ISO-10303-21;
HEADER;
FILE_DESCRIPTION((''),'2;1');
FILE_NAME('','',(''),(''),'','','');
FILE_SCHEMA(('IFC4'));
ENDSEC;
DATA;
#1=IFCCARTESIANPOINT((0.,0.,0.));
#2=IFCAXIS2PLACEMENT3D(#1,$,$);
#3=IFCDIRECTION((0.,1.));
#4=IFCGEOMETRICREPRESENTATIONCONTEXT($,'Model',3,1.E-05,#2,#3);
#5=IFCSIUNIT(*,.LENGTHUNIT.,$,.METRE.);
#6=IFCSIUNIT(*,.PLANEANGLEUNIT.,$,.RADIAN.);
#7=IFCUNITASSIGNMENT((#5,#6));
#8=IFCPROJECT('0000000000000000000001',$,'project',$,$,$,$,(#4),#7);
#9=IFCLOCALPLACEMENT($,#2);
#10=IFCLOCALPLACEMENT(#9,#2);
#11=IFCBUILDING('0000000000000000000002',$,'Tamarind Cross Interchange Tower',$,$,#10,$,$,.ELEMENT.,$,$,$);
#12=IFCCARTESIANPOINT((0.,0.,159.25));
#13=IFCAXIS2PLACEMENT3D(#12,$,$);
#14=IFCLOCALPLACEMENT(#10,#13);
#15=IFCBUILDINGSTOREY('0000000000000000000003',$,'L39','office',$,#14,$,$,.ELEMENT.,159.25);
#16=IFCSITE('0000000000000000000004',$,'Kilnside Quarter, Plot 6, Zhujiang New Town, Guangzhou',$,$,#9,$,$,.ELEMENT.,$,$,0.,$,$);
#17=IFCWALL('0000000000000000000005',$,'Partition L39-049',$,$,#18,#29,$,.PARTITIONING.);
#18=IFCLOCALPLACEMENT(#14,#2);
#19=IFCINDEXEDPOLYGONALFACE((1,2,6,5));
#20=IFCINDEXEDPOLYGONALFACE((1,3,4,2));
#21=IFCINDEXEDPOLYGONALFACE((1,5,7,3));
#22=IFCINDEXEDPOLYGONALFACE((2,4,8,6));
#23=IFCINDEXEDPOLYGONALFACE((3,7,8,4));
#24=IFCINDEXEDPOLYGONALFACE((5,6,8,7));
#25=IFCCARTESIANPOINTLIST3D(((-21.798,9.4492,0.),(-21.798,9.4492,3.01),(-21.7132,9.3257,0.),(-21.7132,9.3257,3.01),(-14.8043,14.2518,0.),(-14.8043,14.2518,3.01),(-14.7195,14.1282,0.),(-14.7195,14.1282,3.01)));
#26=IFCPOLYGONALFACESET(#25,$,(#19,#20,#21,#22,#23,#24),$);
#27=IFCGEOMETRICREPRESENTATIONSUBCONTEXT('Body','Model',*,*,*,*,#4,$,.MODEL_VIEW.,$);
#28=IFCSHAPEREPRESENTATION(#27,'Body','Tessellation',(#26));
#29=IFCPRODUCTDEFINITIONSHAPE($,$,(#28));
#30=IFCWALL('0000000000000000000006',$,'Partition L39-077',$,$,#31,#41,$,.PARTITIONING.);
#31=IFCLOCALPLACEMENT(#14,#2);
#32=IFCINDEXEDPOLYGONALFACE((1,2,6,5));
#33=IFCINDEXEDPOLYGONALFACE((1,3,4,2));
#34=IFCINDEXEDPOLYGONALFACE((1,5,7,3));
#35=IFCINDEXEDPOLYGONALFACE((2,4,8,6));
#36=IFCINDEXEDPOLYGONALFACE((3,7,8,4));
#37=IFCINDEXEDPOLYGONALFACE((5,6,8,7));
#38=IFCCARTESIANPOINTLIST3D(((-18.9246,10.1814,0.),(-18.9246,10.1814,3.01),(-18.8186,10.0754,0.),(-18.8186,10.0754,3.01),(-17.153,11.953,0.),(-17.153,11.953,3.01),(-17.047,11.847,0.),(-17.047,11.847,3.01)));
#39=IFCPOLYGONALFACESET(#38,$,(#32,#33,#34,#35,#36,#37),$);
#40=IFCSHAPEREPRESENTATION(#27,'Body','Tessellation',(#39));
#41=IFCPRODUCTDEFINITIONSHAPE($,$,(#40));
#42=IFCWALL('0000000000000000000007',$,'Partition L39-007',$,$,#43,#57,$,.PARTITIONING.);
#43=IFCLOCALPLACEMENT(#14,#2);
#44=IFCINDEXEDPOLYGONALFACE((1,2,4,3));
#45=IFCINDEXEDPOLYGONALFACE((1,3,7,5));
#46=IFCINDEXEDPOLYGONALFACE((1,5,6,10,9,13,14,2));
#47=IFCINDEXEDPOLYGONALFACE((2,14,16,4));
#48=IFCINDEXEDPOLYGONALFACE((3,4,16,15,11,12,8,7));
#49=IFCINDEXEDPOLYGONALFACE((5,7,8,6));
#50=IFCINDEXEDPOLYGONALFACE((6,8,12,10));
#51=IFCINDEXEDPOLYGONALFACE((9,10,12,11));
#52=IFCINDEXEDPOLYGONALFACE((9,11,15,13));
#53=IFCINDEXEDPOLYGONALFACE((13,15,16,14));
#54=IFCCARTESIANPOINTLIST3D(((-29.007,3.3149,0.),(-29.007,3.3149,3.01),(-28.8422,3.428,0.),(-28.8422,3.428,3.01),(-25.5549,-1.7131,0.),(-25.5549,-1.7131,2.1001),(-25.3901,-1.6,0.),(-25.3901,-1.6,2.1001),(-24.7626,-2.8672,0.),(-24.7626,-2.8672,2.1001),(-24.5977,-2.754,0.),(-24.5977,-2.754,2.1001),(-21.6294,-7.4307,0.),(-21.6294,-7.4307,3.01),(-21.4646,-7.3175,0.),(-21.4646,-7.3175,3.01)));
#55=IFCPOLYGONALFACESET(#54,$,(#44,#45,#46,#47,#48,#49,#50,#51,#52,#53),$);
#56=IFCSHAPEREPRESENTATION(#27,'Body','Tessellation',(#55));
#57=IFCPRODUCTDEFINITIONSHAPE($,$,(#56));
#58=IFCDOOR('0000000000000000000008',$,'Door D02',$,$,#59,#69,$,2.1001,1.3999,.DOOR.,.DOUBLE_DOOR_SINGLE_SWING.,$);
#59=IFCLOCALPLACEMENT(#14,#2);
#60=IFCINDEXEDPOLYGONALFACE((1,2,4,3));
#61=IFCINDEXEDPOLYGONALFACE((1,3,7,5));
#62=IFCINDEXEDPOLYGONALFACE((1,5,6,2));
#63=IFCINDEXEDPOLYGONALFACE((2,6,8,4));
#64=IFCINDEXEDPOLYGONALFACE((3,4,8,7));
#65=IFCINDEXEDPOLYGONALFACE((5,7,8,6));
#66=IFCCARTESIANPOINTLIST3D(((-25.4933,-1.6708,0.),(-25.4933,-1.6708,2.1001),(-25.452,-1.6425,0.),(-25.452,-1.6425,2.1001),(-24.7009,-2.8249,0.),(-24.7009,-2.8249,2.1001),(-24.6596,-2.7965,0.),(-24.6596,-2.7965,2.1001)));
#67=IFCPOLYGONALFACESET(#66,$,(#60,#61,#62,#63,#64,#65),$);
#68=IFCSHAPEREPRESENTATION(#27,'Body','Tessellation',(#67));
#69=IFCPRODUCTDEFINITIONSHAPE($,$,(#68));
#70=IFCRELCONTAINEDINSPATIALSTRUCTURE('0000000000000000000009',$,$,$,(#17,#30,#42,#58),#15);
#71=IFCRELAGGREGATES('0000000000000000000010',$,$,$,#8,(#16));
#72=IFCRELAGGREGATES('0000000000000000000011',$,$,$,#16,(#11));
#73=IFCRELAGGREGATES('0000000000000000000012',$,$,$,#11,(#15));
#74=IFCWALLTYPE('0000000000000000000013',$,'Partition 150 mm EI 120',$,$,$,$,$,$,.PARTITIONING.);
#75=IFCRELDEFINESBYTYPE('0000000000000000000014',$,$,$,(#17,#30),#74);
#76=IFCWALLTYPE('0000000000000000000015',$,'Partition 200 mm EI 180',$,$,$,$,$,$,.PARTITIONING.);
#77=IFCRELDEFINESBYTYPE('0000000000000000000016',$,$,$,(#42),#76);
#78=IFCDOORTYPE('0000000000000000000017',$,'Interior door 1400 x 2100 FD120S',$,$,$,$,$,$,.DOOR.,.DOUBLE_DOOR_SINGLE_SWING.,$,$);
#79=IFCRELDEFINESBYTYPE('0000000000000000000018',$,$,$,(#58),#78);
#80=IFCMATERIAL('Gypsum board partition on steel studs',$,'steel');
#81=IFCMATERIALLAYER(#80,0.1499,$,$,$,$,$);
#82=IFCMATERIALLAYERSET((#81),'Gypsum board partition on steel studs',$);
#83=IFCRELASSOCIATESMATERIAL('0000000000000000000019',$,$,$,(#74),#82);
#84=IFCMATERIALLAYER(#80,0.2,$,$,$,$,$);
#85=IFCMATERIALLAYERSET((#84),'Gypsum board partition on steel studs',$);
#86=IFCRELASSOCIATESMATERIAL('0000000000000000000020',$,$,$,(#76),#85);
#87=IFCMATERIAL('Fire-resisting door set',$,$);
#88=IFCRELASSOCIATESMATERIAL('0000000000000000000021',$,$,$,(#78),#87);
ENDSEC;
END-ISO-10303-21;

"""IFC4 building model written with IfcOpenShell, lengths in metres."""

from ifc_helpers import new_model, si_unit, direction, frame, frame_2d, origin, place, context, subcontext, project, spatial, rectangle, extrude, material, layer, layer_set, type_object, element, fill, save


model = new_model("IFC4")

# Units and contexts
model_context = context("Model", 3, precision=1e-05, world=origin(), true_north=direction((0.0, 1.0)))
body_context = subcontext(model_context, "Body", "Model", "MODEL_VIEW")
ifc_project = project(units=[si_unit("LENGTHUNIT", "METRE"), si_unit("PLANEANGLEUNIT", "RADIAN")], contexts=[model_context])

# Site, building, storey
site_placement = place(None, origin())
site = spatial("IfcSite", under=ifc_project, at=site_placement, Name="Kilnside Quarter, Plot 6, Zhujiang New Town, Guangzhou", CompositionType="ELEMENT", RefElevation=0.0)
building_placement = place(site_placement, origin())
building = spatial("IfcBuilding", under=site, at=building_placement, Name="Tamarind Cross Interchange Tower", CompositionType="ELEMENT")
storey_placement = place(building_placement, frame((0.0, 0.0, 159.25)))
storey = spatial("IfcBuildingStorey", under=building, at=storey_placement, Name="L39", Description="office", CompositionType="ELEMENT", Elevation=159.25)

# Shared definitions
ifc_material_1 = material(Name="Gypsum board partition on steel studs", Category="steel")
ifc_layer_1 = layer(ifc_material_1, 0.1499)
ifc_layer_set_1 = layer_set([ifc_layer_1], Name="Gypsum board partition on steel studs")
wall_type_1 = type_object("IfcWallType", Name="Partition 150 mm EI 120", PredefinedType="PARTITIONING", material=ifc_layer_set_1)
ifc_material_2 = material(Name="Fire-resisting door set")

# Walls
wall_1_placement = place(storey_placement, frame((-21.7556, 9.3875, 0.0), z_axis=(0.0, 0.0, 1.0), x_axis=(0.824352, 0.566077, 0.0)))
element("IfcWall", 1, at=wall_1_placement, inside=storey, type_object=wall_type_1, Name="Partition L39-049", PredefinedType="PARTITIONING", context=body_context, shape_type="SweptSolid", body=[
    extrude(rectangle(XDim=8.4839, YDim=0.1499, at=frame_2d((4.2419, 0.0))), origin(), (0.0, 0.0, 1.0), 3.01),
])
wall_2_placement = place(storey_placement, frame((-18.8716, 10.1284, 0.0), z_axis=(0.0, 0.0, 1.0), x_axis=(0.707107, 0.707107, 0.0)))
element("IfcWall", 2, at=wall_2_placement, inside=storey, type_object=wall_type_1, Name="Partition L39-077", PredefinedType="PARTITIONING", context=body_context, shape_type="SweptSolid", body=[
    extrude(rectangle(XDim=2.5054, YDim=0.1499, at=frame_2d((1.2527, 0.0))), origin(), (0.0, 0.0, 1.0), 3.01),
])

# Wall, opening, door
ifc_layer_2 = layer(ifc_material_1, 0.2)
ifc_layer_set_2 = layer_set([ifc_layer_2], Name="Gypsum board partition on steel studs")
wall_type_2 = type_object("IfcWallType", Name="Partition 200 mm EI 180", PredefinedType="PARTITIONING", material=ifc_layer_set_2)
wall_3_placement = place(storey_placement, frame((-28.9246, 3.3713, 0.0), z_axis=(0.0, 0.0, 1.0), x_axis=(0.566012, -0.824397, 0.0)))
wall_3 = element("IfcWall", 3, at=wall_3_placement, inside=storey, type_object=wall_type_2, Name="Partition L39-007", PredefinedType="PARTITIONING", context=body_context, shape_type="SweptSolid", body=[
    extrude(rectangle(XDim=13.0344, YDim=0.2, at=frame_2d((6.5171, 0.0))), origin(), (0.0, 0.0, 1.0), 3.01),
])
opening_1_placement = place(wall_3_placement, frame((6.0989, 0.0, 0.0)))
opening_1 = element("IfcOpeningElement", 4, at=opening_1_placement, cuts=wall_3, PredefinedType="OPENING", context=body_context, shape_type="SweptSolid", body=[
    extrude(rectangle(XDim=1.3999, YDim=2.1001, at=frame_2d((0.7, 1.05))), frame((0.0, 0.1099, 0.0), z_axis=(0.0, -1.0, 0.0), x_axis=(1.0, 0.0, 0.0)), (0.0, 0.0, 1.0), 0.22),
])
door_type_1 = type_object("IfcDoorType", Name="Interior door 1400 x 2100 FD120S", OperationType="DOUBLE_DOOR_SINGLE_SWING", PredefinedType="DOOR", material=ifc_material_2)
door_1_placement = place(opening_1_placement, origin())
door_1 = element("IfcDoor", 5, at=door_1_placement, inside=storey, type_object=door_type_1, Name="Door D02", OperationType="DOUBLE_DOOR_SINGLE_SWING", OverallHeight=2.1001, OverallWidth=1.3999, PredefinedType="DOOR", context=body_context, shape_type="SweptSolid", body=[
    extrude(rectangle(XDim=1.3999, YDim=2.1001, at=frame_2d((0.7, 1.05))), frame((0.0, 0.0249, 0.0), z_axis=(0.0, -1.0, 0.0), x_axis=(1.0, 0.0, 0.0)), (0.0, 0.0, 1.0), 0.05),
])
fill(opening_1, door_1)

save(model, "model.ifc")
